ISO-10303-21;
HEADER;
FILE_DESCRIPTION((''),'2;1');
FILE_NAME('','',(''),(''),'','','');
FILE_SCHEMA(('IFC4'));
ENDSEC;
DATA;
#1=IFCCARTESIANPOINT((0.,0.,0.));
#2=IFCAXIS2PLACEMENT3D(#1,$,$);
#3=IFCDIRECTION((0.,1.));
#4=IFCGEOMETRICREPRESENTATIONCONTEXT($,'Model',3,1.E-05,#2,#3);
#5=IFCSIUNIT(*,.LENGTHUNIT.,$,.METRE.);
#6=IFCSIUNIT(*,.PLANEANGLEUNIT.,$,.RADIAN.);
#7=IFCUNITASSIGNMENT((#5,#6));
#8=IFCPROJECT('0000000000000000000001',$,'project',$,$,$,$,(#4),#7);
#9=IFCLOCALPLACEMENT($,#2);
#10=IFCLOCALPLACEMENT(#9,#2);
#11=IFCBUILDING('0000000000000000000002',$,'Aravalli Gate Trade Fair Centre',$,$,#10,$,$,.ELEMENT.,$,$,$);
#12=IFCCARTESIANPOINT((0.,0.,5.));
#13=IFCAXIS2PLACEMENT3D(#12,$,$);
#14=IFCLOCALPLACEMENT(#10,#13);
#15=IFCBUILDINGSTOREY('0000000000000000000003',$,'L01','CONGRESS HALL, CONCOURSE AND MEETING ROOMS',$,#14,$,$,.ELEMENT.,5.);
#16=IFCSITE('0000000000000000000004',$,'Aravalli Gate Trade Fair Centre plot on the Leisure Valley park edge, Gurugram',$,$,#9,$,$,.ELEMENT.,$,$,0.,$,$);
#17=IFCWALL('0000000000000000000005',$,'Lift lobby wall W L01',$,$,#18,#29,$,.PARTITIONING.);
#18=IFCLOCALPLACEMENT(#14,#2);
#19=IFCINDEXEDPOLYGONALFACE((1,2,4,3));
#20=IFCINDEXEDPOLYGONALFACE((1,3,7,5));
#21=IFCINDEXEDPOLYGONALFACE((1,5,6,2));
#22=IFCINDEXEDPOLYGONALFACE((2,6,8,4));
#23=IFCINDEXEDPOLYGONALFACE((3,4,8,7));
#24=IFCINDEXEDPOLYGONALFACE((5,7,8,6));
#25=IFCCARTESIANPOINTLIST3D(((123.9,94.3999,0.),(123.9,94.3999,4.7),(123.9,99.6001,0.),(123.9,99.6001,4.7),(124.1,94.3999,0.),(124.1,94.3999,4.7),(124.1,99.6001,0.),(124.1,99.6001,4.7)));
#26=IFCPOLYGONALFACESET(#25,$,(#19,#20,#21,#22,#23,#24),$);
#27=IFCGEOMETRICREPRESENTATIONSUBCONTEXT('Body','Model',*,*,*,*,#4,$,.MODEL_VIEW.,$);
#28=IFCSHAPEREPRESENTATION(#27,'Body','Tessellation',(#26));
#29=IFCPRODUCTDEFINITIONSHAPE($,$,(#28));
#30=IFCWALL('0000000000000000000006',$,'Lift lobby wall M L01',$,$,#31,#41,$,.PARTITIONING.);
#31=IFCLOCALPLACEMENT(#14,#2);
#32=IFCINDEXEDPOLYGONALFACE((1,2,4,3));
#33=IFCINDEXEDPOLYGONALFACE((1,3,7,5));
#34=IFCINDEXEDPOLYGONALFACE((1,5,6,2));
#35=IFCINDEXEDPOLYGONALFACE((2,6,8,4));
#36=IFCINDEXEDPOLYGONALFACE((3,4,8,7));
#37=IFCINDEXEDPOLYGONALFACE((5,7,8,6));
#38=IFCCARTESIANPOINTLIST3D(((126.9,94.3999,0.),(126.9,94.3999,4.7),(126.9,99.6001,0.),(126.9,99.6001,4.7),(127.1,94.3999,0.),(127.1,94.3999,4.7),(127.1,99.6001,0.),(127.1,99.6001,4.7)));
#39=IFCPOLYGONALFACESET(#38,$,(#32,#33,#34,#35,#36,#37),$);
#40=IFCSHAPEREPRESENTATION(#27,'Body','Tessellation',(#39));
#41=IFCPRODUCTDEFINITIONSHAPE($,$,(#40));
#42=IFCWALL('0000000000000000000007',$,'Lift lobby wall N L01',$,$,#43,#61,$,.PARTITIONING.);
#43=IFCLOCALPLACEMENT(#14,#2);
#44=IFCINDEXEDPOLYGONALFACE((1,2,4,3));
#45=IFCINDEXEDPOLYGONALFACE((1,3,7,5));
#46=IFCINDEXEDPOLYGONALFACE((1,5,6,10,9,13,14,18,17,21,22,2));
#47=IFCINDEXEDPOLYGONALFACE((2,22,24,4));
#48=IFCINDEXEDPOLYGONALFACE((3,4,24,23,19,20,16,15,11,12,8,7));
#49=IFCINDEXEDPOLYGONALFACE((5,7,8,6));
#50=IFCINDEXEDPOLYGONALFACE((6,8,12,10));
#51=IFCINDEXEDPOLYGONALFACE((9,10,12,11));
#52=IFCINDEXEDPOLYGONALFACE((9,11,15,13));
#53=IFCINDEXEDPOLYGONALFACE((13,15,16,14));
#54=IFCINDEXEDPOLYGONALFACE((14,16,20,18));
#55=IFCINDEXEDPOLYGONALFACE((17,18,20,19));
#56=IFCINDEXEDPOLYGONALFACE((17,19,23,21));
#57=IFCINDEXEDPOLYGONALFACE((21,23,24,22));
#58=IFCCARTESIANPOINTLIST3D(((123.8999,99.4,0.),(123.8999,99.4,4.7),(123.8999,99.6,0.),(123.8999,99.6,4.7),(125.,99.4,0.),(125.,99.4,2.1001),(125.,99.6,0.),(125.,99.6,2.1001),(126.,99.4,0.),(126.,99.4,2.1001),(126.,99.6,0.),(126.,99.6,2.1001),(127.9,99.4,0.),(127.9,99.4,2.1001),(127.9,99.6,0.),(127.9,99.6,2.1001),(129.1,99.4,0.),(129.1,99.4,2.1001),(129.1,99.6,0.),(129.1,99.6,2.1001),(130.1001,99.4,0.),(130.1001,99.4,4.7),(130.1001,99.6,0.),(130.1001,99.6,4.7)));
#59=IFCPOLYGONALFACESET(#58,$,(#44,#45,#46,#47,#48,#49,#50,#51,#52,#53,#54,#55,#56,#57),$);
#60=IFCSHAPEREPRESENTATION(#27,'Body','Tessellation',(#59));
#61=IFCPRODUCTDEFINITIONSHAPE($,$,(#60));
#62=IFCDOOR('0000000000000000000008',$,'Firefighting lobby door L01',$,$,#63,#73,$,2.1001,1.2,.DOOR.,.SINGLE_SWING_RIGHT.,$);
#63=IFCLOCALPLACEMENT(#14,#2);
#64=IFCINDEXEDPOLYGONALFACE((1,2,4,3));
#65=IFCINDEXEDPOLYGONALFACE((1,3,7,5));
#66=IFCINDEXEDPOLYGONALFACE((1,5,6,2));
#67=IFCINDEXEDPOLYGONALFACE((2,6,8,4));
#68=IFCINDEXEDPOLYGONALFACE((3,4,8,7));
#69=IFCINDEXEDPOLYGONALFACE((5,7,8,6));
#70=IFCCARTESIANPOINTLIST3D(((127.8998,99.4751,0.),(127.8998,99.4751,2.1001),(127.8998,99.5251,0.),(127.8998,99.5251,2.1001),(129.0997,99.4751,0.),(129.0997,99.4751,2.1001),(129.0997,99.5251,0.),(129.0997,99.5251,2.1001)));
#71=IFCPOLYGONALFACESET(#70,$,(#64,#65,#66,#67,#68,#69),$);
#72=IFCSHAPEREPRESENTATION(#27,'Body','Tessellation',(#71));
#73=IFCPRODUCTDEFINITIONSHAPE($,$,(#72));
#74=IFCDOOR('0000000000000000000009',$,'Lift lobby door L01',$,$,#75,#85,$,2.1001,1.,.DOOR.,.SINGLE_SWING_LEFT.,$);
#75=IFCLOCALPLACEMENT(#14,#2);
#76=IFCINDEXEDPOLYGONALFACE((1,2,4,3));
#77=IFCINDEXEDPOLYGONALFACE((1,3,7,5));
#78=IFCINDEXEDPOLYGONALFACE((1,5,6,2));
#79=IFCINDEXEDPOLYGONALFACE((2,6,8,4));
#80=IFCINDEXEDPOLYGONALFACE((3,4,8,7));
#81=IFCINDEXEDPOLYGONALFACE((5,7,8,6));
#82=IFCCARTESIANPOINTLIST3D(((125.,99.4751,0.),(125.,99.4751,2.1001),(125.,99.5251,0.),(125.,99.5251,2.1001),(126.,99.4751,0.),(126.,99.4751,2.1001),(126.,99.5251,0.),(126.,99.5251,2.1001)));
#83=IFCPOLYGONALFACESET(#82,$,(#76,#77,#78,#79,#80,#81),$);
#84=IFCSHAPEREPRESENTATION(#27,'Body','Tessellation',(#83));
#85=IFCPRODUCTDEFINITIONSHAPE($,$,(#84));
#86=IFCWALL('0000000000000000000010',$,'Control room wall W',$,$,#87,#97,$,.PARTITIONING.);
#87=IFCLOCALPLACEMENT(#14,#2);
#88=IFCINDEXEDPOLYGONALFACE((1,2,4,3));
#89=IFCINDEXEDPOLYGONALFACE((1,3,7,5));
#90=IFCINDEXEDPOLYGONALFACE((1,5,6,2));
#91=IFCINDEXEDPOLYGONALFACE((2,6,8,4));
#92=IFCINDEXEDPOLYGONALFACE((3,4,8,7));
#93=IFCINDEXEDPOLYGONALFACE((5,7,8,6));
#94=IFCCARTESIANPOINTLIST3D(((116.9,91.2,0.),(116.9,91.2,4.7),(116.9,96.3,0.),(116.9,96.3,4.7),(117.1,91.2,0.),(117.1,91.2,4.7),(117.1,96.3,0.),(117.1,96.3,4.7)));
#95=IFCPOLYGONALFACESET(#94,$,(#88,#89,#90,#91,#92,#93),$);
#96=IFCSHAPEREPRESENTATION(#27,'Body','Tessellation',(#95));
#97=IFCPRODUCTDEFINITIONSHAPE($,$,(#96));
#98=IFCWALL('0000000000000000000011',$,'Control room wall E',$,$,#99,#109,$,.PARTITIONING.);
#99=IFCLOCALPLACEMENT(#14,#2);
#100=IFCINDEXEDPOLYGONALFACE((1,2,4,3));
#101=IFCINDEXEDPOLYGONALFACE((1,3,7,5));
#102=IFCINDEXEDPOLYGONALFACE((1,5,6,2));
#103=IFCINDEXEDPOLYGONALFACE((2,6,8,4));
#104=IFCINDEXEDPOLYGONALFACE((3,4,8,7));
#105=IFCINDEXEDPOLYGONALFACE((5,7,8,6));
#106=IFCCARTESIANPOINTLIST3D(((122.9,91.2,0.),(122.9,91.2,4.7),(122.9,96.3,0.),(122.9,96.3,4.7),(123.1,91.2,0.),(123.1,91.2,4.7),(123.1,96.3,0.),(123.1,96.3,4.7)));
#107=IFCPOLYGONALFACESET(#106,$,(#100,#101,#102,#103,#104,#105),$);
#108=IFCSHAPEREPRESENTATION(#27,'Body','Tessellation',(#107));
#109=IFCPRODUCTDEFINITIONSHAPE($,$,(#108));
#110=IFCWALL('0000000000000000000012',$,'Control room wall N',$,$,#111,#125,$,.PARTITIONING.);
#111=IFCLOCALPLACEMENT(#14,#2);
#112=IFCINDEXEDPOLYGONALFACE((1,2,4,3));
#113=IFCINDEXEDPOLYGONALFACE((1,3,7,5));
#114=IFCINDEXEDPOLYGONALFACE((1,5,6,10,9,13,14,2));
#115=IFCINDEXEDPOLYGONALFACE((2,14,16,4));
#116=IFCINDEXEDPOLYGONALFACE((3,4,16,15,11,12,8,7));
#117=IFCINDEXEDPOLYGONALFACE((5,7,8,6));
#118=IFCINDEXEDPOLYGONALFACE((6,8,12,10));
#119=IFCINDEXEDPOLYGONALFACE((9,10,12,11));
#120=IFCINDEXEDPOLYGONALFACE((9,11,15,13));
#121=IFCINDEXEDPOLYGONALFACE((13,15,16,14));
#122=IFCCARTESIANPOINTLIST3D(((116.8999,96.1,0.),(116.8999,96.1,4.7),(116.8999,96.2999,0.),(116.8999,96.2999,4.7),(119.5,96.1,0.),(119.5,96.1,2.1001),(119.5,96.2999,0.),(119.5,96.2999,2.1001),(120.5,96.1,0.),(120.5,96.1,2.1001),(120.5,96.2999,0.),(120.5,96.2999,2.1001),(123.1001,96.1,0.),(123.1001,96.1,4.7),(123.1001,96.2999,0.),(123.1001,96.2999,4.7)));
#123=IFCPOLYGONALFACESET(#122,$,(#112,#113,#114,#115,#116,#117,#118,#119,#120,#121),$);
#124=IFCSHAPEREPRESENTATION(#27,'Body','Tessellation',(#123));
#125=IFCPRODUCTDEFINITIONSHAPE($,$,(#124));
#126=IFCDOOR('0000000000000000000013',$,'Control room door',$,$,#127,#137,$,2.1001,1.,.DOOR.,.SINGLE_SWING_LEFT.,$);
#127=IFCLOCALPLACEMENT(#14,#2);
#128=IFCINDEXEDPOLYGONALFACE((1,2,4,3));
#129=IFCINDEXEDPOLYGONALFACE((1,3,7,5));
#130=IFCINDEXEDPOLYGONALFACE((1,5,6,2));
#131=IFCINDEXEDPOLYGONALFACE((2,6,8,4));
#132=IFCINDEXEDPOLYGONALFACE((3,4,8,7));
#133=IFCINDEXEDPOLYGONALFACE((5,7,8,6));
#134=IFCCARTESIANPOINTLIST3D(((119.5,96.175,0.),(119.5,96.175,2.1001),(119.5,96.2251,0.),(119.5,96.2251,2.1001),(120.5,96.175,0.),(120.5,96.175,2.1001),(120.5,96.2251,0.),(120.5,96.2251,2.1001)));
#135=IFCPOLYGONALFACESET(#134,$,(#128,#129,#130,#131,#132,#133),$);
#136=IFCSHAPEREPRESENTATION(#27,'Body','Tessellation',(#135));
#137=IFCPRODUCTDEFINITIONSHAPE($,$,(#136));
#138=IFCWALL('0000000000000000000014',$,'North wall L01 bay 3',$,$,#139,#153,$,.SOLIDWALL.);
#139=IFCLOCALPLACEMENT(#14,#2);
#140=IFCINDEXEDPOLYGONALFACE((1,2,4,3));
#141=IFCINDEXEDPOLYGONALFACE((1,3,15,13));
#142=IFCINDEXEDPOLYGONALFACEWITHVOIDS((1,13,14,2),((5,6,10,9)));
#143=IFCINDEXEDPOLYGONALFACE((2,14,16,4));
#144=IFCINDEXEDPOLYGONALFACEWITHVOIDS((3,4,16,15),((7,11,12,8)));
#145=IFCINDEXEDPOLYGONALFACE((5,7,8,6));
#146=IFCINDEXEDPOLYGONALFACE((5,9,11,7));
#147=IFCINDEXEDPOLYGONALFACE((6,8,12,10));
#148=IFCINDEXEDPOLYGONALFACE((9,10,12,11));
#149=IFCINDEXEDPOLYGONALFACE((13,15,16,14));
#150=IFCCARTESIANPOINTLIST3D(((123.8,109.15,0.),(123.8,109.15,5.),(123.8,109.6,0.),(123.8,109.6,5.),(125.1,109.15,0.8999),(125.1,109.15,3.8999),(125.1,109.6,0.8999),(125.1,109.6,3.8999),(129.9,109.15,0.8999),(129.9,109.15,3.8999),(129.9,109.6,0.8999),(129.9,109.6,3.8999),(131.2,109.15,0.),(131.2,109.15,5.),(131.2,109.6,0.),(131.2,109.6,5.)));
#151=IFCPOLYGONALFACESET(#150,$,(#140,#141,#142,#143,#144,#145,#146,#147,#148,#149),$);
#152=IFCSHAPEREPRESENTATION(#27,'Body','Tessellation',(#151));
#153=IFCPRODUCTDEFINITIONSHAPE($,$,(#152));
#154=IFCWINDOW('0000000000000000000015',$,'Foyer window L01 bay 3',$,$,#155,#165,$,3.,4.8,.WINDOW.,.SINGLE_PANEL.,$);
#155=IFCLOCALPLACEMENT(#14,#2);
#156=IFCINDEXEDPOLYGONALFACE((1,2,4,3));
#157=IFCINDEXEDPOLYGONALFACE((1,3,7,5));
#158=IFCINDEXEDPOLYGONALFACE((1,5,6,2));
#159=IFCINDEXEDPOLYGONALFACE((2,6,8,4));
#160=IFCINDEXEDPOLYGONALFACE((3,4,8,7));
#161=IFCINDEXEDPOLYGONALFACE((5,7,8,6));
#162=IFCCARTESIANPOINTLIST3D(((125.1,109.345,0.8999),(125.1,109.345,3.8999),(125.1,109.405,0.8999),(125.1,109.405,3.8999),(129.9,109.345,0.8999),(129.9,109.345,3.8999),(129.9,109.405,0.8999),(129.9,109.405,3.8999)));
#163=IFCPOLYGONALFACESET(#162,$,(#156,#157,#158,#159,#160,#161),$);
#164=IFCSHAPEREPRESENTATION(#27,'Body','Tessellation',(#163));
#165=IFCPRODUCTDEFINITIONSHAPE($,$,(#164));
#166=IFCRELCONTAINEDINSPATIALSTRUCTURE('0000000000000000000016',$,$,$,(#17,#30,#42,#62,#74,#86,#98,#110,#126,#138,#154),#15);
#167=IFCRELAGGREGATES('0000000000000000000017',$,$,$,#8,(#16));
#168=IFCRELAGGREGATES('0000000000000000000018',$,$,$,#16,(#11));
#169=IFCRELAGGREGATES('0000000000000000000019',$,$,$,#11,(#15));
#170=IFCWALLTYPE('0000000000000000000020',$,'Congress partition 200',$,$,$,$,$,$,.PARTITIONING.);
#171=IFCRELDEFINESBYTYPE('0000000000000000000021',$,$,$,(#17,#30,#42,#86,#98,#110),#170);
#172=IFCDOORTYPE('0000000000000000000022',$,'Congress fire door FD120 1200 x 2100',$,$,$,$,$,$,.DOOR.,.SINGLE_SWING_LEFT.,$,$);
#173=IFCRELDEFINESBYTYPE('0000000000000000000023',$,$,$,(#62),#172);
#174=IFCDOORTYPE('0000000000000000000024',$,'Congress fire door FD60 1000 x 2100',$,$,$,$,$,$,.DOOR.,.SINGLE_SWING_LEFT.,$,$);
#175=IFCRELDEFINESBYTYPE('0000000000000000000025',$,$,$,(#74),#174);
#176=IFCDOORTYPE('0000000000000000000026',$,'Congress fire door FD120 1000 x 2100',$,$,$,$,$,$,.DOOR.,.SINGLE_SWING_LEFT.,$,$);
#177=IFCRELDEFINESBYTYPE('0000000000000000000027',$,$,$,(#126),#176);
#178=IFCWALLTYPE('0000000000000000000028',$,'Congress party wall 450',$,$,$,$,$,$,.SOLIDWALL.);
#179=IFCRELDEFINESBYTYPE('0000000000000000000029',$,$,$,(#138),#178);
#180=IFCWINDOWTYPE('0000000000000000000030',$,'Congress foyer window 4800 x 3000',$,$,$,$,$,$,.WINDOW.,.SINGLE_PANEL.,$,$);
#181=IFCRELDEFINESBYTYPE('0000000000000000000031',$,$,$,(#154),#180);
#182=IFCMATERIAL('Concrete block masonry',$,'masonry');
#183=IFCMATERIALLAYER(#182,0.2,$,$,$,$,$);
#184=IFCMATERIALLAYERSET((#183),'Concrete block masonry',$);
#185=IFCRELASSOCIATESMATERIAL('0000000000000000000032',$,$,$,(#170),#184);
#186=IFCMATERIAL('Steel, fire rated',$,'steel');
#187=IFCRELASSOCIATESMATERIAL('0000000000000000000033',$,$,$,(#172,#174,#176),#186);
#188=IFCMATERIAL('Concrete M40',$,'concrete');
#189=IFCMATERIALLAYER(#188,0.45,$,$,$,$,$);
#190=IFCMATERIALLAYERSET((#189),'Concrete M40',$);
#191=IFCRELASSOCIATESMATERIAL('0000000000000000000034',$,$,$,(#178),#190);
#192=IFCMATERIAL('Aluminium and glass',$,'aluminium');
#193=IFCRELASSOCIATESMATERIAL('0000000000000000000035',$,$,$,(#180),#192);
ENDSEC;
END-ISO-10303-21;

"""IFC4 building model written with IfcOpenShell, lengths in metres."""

from ifc_helpers import new_model, si_unit, direction, frame, frame_2d, origin, place, context, subcontext, project, spatial, rectangle, extrude, material, layer, layer_set, type_object, element, fill, save


model = new_model("IFC4")

# Units and contexts
model_context = context("Model", 3, precision=1e-05, world=origin(), true_north=direction((0.0, 1.0)))
body_context = subcontext(model_context, "Body", "Model", "MODEL_VIEW")
ifc_project = project(units=[si_unit("LENGTHUNIT", "METRE"), si_unit("PLANEANGLEUNIT", "RADIAN")], contexts=[model_context])

# Site, building, storey
site_placement = place(None, origin())
site = spatial("IfcSite", under=ifc_project, at=site_placement, Name="Aravalli Gate Trade Fair Centre plot on the Leisure Valley park edge, Gurugram", CompositionType="ELEMENT", RefElevation=0.0)
building_placement = place(site_placement, origin())
building = spatial("IfcBuilding", under=site, at=building_placement, Name="Aravalli Gate Trade Fair Centre", CompositionType="ELEMENT")
storey_placement = place(building_placement, frame((0.0, 0.0, 5.0)))
storey = spatial("IfcBuildingStorey", under=building, at=storey_placement, Name="L01", Description="CONGRESS HALL, CONCOURSE AND MEETING ROOMS", CompositionType="ELEMENT", Elevation=5.0)

# Shared definitions
ifc_material_1 = material(Name="Concrete M40", Category="concrete")

# Walls
ifc_material_2 = material(Name="Concrete block masonry", Category="masonry")
ifc_layer_1 = layer(ifc_material_2, 0.2)
ifc_layer_set_1 = layer_set([ifc_layer_1], Name="Concrete block masonry")
wall_type_1 = type_object("IfcWallType", Name="Congress partition 200", PredefinedType="PARTITIONING", material=ifc_layer_set_1)
for number, where, z_axis, x_axis, name in (
    (1, (124.0, 94.3999, 0.0), (0.0, 0.0, 1.0), (0.0, 1.0, 0.0), "Lift lobby wall W L01"),
    (2, (127.0, 94.3999, 0.0), (0.0, 0.0, 1.0), (0.0, 1.0, 0.0), "Lift lobby wall M L01"),
):
    element("IfcWall", number, at=place(storey_placement, frame(where, z_axis=z_axis, x_axis=x_axis)), inside=storey, type_object=wall_type_1, Name=name, PredefinedType="PARTITIONING", context=body_context, shape_type="SweptSolid", body=[
        extrude(rectangle(XDim=5.2002, YDim=0.2, at=frame_2d((2.6001, 0.0))), origin(), (0.0, 0.0, 1.0), 4.7),
    ])

# Wall, openings, doors
wall_1_placement = place(storey_placement, frame((123.8999, 99.5, 0.0), z_axis=(0.0, 0.0, 1.0), x_axis=(1.0, 0.0, 0.0)))
wall_1 = element("IfcWall", 3, at=wall_1_placement, inside=storey, type_object=wall_type_1, Name="Lift lobby wall N L01", PredefinedType="PARTITIONING", context=body_context, shape_type="SweptSolid", body=[
    extrude(rectangle(XDim=6.2002, YDim=0.2, at=frame_2d((3.1001, 0.0))), origin(), (0.0, 0.0, 1.0), 4.7),
])
opening_1_placement = place(wall_1_placement, frame((1.1001, 0.0, 0.0)))
opening_1 = element("IfcOpeningElement", 4, at=opening_1_placement, cuts=wall_1, PredefinedType="OPENING", context=body_context, shape_type="SweptSolid", body=[
    extrude(rectangle(XDim=1.0, YDim=2.1001, at=frame_2d((0.5, 1.05))), frame((0.0, 0.1099, 0.0), z_axis=(0.0, -1.0, 0.0), x_axis=(1.0, 0.0, 0.0)), (0.0, 0.0, 1.0), 0.22),
])
opening_2_placement = place(wall_1_placement, frame((4.0, 0.0, 0.0)))
opening_2 = element("IfcOpeningElement", 5, at=opening_2_placement, cuts=wall_1, PredefinedType="OPENING", context=body_context, shape_type="SweptSolid", body=[
    extrude(rectangle(XDim=1.2, YDim=2.1001, at=frame_2d((0.6001, 1.05))), frame((0.0, 0.1099, 0.0), z_axis=(0.0, -1.0, 0.0), x_axis=(1.0, 0.0, 0.0)), (0.0, 0.0, 1.0), 0.22),
])
ifc_material_3 = material(Name="Steel, fire rated", Category="steel")
door_type_1 = type_object("IfcDoorType", Name="Congress fire door FD120 1200 x 2100", OperationType="SINGLE_SWING_LEFT", PredefinedType="DOOR", material=ifc_material_3)
door_1_placement = place(opening_2_placement, frame((1.2, 0.0, 0.0), z_axis=(0.0, 0.0, 1.0), x_axis=(-1.0, 0.0, 0.0)))
door_1 = element("IfcDoor", 6, at=door_1_placement, inside=storey, type_object=door_type_1, Name="Firefighting lobby door L01", OperationType="SINGLE_SWING_RIGHT", OverallHeight=2.1001, OverallWidth=1.2, PredefinedType="DOOR", context=body_context, shape_type="SweptSolid", body=[
    extrude(rectangle(XDim=1.2, YDim=2.1001, at=frame_2d((0.6001, 1.05))), frame((0.0, 0.0249, 0.0), z_axis=(0.0, -1.0, 0.0), x_axis=(1.0, 0.0, 0.0)), (0.0, 0.0, 1.0), 0.05),
])
fill(opening_2, door_1)
door_type_2 = type_object("IfcDoorType", Name="Congress fire door FD60 1000 x 2100", OperationType="SINGLE_SWING_LEFT", PredefinedType="DOOR", material=ifc_material_3)
door_2_placement = place(opening_1_placement, frame((1.0, 0.0, 0.0), z_axis=(0.0, 0.0, 1.0), x_axis=(-1.0, 0.0, 0.0)))
door_2 = element("IfcDoor", 7, at=door_2_placement, inside=storey, type_object=door_type_2, Name="Lift lobby door L01", OperationType="SINGLE_SWING_LEFT", OverallHeight=2.1001, OverallWidth=1.0, PredefinedType="DOOR", context=body_context, shape_type="SweptSolid", body=[
    extrude(rectangle(XDim=1.0, YDim=2.1001, at=frame_2d((0.5, 1.05))), frame((0.0, 0.0249, 0.0), z_axis=(0.0, -1.0, 0.0), x_axis=(1.0, 0.0, 0.0)), (0.0, 0.0, 1.0), 0.05),
])
fill(opening_1, door_2)

# Walls
for number, where, z_axis, x_axis, name in (
    (8, (117.0, 91.2, 0.0), (0.0, 0.0, 1.0), (0.0, 1.0, 0.0), "Control room wall W"),
    (9, (123.0, 91.2, 0.0), (0.0, 0.0, 1.0), (0.0, 1.0, 0.0), "Control room wall E"),
):
    element("IfcWall", number, at=place(storey_placement, frame(where, z_axis=z_axis, x_axis=x_axis)), inside=storey, type_object=wall_type_1, Name=name, PredefinedType="PARTITIONING", context=body_context, shape_type="SweptSolid", body=[
        extrude(rectangle(XDim=5.1001, YDim=0.2, at=frame_2d((2.55, 0.0))), origin(), (0.0, 0.0, 1.0), 4.7),
    ])

# Wall, opening, door
wall_2_placement = place(storey_placement, frame((116.8999, 96.2, 0.0), z_axis=(0.0, 0.0, 1.0), x_axis=(1.0, 0.0, 0.0)))
wall_2 = element("IfcWall", 10, at=wall_2_placement, inside=storey, type_object=wall_type_1, Name="Control room wall N", PredefinedType="PARTITIONING", context=body_context, shape_type="SweptSolid", body=[
    extrude(rectangle(XDim=6.2002, YDim=0.2, at=frame_2d((3.1001, 0.0))), origin(), (0.0, 0.0, 1.0), 4.7),
])
opening_3_placement = place(wall_2_placement, frame((2.6001, 0.0, 0.0)))
opening_3 = element("IfcOpeningElement", 11, at=opening_3_placement, cuts=wall_2, PredefinedType="OPENING", context=body_context, shape_type="SweptSolid", body=[
    extrude(rectangle(XDim=1.0, YDim=2.1001, at=frame_2d((0.5, 1.05))), frame((0.0, 0.1099, 0.0), z_axis=(0.0, -1.0, 0.0), x_axis=(1.0, 0.0, 0.0)), (0.0, 0.0, 1.0), 0.22),
])
door_type_3 = type_object("IfcDoorType", Name="Congress fire door FD120 1000 x 2100", OperationType="SINGLE_SWING_LEFT", PredefinedType="DOOR", material=ifc_material_3)
door_3_placement = place(opening_3_placement, frame((1.0, 0.0, 0.0), z_axis=(0.0, 0.0, 1.0), x_axis=(-1.0, 0.0, 0.0)))
door_3 = element("IfcDoor", 12, at=door_3_placement, inside=storey, type_object=door_type_3, Name="Control room door", OperationType="SINGLE_SWING_LEFT", OverallHeight=2.1001, OverallWidth=1.0, PredefinedType="DOOR", context=body_context, shape_type="SweptSolid", body=[
    extrude(rectangle(XDim=1.0, YDim=2.1001, at=frame_2d((0.5, 1.05))), frame((0.0, 0.0249, 0.0), z_axis=(0.0, -1.0, 0.0), x_axis=(1.0, 0.0, 0.0)), (0.0, 0.0, 1.0), 0.05),
])
fill(opening_3, door_3)
ifc_layer_2 = layer(ifc_material_1, 0.45)
ifc_layer_set_2 = layer_set([ifc_layer_2], Name="Concrete M40")
wall_type_2 = type_object("IfcWallType", Name="Congress party wall 450", PredefinedType="SOLIDWALL", material=ifc_layer_set_2)
ifc_material_4 = material(Name="Aluminium and glass", Category="aluminium")

# Wall, opening, window
wall_3_placement = place(storey_placement, frame((123.8, 109.375, 0.0), z_axis=(0.0, 0.0, 1.0), x_axis=(1.0, 0.0, 0.0)))
wall_3 = element("IfcWall", 13, at=wall_3_placement, inside=storey, type_object=wall_type_2, Name="North wall L01 bay 3", PredefinedType="SOLIDWALL", context=body_context, shape_type="SweptSolid", body=[
    extrude(rectangle(XDim=7.3999, YDim=0.45, at=frame_2d((3.7, 0.0))), origin(), (0.0, 0.0, 1.0), 5.0),
])
opening_4_placement = place(wall_3_placement, frame((1.3, 0.0, 0.8999)))
opening_4 = element("IfcOpeningElement", 14, at=opening_4_placement, cuts=wall_3, PredefinedType="OPENING", context=body_context, shape_type="SweptSolid", body=[
    extrude(rectangle(XDim=4.8, YDim=3.0, at=frame_2d((2.3999, 1.5))), frame((0.0, 0.2349, 0.0), z_axis=(0.0, -1.0, 0.0), x_axis=(1.0, 0.0, 0.0)), (0.0, 0.0, 1.0), 0.47),
])
window_type = type_object("IfcWindowType", Name="Congress foyer window 4800 x 3000", PartitioningType="SINGLE_PANEL", PredefinedType="WINDOW", material=ifc_material_4)
window_placement = place(opening_4_placement, origin())
window = element("IfcWindow", 15, at=window_placement, inside=storey, type_object=window_type, Name="Foyer window L01 bay 3", OverallHeight=3.0, OverallWidth=4.8, PartitioningType="SINGLE_PANEL", PredefinedType="WINDOW", context=body_context, shape_type="SweptSolid", body=[
    extrude(rectangle(XDim=4.8, YDim=3.0, at=frame_2d((2.3999, 1.5))), frame((0.0, 0.03, 0.0), z_axis=(0.0, -1.0, 0.0), x_axis=(1.0, 0.0, 0.0)), (0.0, 0.0, 1.0), 0.0601),
])
fill(opening_4, window)

save(model, "model.ifc")
